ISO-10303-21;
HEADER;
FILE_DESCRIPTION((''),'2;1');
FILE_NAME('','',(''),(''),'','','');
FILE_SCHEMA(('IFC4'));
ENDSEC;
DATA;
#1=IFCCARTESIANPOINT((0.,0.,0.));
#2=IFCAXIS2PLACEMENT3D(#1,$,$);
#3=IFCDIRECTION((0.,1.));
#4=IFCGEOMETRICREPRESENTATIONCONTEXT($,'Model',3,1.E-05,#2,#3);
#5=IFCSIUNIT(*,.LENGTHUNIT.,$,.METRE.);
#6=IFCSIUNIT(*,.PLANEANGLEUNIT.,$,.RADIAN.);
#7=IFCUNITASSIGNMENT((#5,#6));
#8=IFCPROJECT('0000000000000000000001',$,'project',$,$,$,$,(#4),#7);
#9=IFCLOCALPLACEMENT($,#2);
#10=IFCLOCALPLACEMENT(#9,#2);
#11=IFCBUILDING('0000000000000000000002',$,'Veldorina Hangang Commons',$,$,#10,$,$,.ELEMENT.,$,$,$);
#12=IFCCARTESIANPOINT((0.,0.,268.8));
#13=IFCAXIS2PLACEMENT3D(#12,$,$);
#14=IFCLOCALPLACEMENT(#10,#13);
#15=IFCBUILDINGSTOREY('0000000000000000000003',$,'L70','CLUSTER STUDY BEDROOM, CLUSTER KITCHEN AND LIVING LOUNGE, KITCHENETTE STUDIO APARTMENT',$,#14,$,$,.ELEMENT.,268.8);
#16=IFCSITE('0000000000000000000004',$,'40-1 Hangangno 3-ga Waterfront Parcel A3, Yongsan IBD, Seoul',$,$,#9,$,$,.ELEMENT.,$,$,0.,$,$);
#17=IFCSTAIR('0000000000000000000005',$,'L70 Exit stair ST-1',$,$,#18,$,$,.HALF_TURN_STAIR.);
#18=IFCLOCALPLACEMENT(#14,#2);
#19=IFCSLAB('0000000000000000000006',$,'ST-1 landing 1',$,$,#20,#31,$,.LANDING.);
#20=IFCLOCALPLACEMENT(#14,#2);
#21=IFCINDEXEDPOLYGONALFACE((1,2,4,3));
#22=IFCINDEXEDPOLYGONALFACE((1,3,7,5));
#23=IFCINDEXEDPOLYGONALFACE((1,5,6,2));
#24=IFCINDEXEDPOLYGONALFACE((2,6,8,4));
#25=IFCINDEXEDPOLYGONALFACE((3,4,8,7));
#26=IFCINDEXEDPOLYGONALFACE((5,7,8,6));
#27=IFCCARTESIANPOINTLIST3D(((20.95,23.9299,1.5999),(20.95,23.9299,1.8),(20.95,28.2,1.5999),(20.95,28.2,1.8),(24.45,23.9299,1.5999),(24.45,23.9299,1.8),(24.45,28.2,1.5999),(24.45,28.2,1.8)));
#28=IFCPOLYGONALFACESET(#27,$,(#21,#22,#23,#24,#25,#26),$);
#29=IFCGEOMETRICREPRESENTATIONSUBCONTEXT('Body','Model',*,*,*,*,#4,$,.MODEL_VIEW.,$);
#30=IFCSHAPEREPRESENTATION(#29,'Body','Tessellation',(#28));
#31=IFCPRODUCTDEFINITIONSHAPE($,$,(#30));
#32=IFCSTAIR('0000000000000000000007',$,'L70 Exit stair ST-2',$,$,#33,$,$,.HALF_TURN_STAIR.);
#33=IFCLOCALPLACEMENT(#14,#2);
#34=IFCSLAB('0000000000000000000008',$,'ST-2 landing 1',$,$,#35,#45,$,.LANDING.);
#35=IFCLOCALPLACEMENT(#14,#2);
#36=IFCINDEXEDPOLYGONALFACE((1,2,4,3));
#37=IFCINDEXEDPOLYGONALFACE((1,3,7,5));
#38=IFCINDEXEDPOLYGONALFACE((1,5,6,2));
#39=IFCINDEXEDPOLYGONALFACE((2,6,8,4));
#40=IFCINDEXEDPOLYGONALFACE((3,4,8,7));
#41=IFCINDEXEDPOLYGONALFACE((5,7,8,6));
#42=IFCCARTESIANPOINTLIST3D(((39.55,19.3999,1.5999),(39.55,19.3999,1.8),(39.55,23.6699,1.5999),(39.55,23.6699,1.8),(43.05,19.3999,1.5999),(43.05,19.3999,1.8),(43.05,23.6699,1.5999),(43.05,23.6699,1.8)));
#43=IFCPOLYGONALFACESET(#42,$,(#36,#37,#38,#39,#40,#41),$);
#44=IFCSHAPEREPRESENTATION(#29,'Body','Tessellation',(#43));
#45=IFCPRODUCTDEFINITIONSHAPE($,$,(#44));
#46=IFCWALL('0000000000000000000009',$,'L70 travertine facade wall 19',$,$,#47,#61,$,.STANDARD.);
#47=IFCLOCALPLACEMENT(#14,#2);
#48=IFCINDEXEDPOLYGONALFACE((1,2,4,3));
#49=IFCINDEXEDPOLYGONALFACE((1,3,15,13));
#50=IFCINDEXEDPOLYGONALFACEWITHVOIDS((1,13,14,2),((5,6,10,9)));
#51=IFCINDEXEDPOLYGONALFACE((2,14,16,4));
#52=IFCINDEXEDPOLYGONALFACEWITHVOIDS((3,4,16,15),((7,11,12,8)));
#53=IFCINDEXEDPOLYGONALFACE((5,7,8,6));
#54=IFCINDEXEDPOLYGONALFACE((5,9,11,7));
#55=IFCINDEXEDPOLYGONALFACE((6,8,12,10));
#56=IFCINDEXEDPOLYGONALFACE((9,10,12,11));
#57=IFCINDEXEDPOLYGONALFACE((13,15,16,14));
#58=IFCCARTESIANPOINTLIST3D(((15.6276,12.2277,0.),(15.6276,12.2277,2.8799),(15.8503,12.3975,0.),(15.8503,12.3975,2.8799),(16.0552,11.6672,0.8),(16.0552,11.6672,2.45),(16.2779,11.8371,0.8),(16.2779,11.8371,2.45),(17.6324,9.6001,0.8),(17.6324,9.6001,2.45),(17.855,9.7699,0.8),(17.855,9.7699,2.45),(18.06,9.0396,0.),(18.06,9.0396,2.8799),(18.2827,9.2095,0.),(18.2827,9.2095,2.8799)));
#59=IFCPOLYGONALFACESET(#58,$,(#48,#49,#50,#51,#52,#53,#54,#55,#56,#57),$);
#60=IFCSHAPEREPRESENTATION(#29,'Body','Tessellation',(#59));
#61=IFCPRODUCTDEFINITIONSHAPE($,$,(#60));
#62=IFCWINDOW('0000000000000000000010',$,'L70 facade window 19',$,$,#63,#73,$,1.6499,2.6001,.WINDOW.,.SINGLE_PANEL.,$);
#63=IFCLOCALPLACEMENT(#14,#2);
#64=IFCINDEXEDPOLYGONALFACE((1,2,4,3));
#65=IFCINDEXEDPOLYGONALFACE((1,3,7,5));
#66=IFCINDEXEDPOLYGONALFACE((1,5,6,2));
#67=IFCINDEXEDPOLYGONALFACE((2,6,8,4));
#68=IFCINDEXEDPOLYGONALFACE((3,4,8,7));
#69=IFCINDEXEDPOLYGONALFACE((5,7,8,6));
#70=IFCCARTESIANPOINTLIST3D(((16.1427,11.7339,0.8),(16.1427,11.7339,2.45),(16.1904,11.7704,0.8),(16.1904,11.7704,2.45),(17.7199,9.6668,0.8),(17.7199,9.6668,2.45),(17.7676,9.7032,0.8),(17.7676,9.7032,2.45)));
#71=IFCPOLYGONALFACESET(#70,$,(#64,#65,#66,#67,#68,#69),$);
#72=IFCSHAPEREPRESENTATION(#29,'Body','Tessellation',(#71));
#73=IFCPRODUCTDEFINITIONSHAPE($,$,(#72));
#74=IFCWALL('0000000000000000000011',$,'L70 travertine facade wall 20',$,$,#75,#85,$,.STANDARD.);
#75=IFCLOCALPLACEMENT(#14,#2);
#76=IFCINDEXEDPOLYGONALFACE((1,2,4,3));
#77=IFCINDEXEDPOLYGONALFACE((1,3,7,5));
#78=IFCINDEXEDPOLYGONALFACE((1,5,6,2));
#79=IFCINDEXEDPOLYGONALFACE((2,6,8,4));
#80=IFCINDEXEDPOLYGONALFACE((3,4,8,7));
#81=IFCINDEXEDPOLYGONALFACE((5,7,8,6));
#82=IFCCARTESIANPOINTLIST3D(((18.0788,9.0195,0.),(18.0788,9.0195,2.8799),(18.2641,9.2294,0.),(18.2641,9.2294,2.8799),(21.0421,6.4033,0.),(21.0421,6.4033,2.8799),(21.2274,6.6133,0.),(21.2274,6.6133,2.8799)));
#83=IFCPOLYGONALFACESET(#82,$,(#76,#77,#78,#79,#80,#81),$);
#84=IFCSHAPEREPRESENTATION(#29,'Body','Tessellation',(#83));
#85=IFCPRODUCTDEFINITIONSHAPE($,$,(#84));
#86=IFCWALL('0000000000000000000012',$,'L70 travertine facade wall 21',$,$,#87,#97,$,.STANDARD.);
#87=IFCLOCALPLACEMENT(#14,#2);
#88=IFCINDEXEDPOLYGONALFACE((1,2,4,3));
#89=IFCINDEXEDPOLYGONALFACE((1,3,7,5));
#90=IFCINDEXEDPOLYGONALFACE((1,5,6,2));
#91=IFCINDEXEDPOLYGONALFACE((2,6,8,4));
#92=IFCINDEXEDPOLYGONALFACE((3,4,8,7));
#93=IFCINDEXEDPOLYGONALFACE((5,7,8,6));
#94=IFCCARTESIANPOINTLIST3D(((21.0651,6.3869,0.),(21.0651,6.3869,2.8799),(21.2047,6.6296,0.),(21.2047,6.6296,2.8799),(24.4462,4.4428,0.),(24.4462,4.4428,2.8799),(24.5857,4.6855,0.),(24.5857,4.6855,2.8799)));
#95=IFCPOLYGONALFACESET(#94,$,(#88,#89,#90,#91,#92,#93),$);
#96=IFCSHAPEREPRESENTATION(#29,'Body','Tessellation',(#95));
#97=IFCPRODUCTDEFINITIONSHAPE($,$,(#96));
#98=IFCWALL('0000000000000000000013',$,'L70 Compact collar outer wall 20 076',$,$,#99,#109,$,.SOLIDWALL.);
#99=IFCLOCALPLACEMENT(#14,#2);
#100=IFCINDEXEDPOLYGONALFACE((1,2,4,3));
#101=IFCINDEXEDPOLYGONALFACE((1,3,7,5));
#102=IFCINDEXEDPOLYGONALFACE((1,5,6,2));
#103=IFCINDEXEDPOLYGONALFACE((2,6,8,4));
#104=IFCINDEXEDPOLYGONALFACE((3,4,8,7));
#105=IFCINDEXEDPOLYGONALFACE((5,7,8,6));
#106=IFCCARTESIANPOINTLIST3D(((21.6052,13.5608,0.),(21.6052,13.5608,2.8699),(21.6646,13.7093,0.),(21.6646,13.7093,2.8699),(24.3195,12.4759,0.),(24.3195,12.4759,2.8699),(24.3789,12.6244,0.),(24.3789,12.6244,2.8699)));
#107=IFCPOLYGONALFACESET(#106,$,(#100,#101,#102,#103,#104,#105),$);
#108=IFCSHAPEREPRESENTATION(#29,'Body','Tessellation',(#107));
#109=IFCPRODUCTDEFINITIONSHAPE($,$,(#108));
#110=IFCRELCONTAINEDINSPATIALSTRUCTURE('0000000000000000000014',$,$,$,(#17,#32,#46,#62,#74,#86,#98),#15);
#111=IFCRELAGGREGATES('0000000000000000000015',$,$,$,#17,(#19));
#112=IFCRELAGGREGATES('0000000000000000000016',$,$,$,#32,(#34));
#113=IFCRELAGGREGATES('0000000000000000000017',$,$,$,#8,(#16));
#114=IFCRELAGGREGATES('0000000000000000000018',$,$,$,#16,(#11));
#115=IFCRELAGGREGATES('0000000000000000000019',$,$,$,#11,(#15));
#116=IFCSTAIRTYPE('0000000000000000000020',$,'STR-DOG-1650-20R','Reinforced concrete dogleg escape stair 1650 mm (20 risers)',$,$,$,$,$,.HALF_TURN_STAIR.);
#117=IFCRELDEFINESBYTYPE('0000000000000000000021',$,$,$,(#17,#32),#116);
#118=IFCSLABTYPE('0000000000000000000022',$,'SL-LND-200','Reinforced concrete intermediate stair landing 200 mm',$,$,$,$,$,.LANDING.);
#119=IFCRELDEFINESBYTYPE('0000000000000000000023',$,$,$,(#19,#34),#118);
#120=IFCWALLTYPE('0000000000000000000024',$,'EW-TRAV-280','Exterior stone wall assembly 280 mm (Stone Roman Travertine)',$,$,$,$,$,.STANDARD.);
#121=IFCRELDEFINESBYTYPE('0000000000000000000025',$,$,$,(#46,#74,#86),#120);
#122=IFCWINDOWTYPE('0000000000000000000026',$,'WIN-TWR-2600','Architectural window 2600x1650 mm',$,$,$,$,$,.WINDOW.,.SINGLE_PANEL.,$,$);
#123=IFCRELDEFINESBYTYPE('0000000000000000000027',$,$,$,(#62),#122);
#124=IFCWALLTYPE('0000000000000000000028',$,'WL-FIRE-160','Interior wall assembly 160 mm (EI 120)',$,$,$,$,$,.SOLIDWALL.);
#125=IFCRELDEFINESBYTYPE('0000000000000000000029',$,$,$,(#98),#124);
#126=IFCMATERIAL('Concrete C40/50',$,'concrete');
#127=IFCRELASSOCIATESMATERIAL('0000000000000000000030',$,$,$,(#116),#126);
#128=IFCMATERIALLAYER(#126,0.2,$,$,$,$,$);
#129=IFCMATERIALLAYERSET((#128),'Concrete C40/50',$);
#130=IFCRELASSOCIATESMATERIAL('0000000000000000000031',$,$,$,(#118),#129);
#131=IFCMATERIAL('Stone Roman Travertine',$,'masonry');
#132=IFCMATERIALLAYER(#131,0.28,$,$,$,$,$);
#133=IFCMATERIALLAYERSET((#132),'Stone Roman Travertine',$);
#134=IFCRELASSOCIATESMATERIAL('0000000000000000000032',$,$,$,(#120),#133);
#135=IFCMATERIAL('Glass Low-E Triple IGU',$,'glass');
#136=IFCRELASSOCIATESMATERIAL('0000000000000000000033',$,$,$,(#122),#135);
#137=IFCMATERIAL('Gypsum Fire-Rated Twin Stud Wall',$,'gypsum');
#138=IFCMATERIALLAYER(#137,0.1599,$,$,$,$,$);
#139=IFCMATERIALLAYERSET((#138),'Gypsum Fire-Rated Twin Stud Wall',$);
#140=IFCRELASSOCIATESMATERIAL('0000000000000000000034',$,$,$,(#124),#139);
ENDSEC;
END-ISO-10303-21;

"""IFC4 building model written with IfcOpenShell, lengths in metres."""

from ifc_helpers import new_model, si_unit, direction, frame, frame_2d, origin, place, context, subcontext, project, spatial, polyline, rectangle, outline, extrude, material, layer, layer_set, type_object, element, fill, aggregate, save


model = new_model("IFC4")

# Units and contexts
model_context = context("Model", 3, precision=1e-05, world=origin(), true_north=direction((0.0, 1.0)))
body_context = subcontext(model_context, "Body", "Model", "MODEL_VIEW")
ifc_project = project(units=[si_unit("LENGTHUNIT", "METRE"), si_unit("PLANEANGLEUNIT", "RADIAN")], contexts=[model_context])

# Site, building, storey
site_placement = place(None, origin())
site = spatial("IfcSite", under=ifc_project, at=site_placement, Name="40-1 Hangangno 3-ga Waterfront Parcel A3, Yongsan IBD, Seoul", CompositionType="ELEMENT", RefElevation=0.0)
building_placement = place(site_placement, origin())
building = spatial("IfcBuilding", under=site, at=building_placement, Name="Veldorina Hangang Commons", CompositionType="ELEMENT")
storey_placement = place(building_placement, frame((0.0, 0.0, 268.8)))
storey = spatial("IfcBuildingStorey", under=building, at=storey_placement, Name="L70", Description="CLUSTER STUDY BEDROOM, CLUSTER KITCHEN AND LIVING LOUNGE, KITCHENETTE STUDIO APARTMENT", CompositionType="ELEMENT", Elevation=268.8)

# Shared definitions
ifc_material_1 = material(Name="Concrete C40/50", Category="concrete")

# Stairs, slabs
stair_type = type_object("IfcStairType", Name="STR-DOG-1650-20R", Description="Reinforced concrete dogleg escape stair 1650 mm (20 risers)", PredefinedType="HALF_TURN_STAIR", material=ifc_material_1)
stair_1_placement = place(storey_placement, origin())
stair_1 = element("IfcStair", 1, at=stair_1_placement, inside=storey, type_object=stair_type, Name="L70 Exit stair ST-1", PredefinedType="HALF_TURN_STAIR")
ifc_layer_1 = layer(ifc_material_1, 0.2)
ifc_layer_set_1 = layer_set([ifc_layer_1], Name="Concrete C40/50")
slab_type_1 = type_object("IfcSlabType", Name="SL-LND-200", Description="Reinforced concrete intermediate stair landing 200 mm", PredefinedType="LANDING", material=ifc_layer_set_1)
slab_1_placement = place(storey_placement, frame((0.0, 0.0, 1.5999)))
slab_1 = element("IfcSlab", 2, at=slab_1_placement, type_object=slab_type_1, Name="ST-1 landing 1", PredefinedType="LANDING", context=body_context, shape_type="SweptSolid", body=[
    extrude(outline(polyline([(24.45, 23.9299), (24.45, 28.2), (20.95, 28.2), (20.95, 23.9299), (24.45, 23.9299)])), origin(), (0.0, 0.0, 1.0), 0.2002),
])
aggregate(stair_1, [slab_1])
stair_2_placement = place(storey_placement, origin())
stair_2 = element("IfcStair", 3, at=stair_2_placement, inside=storey, type_object=stair_type, Name="L70 Exit stair ST-2", PredefinedType="HALF_TURN_STAIR")
slab_2_placement = place(storey_placement, frame((0.0, 0.0, 1.5999)))
slab_2 = element("IfcSlab", 4, at=slab_2_placement, type_object=slab_type_1, Name="ST-2 landing 1", PredefinedType="LANDING", context=body_context, shape_type="SweptSolid", body=[
    extrude(outline(polyline([(39.55, 23.6699), (39.55, 19.3999), (43.05, 19.3999), (43.05, 23.6699), (39.55, 23.6699)])), origin(), (0.0, 0.0, 1.0), 0.2002),
])
aggregate(stair_2, [slab_2])

# Wall, opening, window
ifc_material_2 = material(Name="Stone Roman Travertine", Category="masonry")
ifc_layer_2 = layer(ifc_material_2, 0.28)
ifc_layer_set_2 = layer_set([ifc_layer_2], Name="Stone Roman Travertine")
wall_type_1 = type_object("IfcWallType", Name="EW-TRAV-280", Description="Exterior stone wall assembly 280 mm (Stone Roman Travertine)", PredefinedType="STANDARD", material=ifc_layer_set_2)
wall_1_placement = place(storey_placement, frame((15.739, 12.3125, 0.0), z_axis=(0.0, 0.0, 1.0), x_axis=(0.606584, -0.795019, 0.0)))
wall_1 = element("IfcWall", 5, at=wall_1_placement, inside=storey, type_object=wall_type_1, Name="L70 travertine facade wall 19", PredefinedType="STANDARD", context=body_context, shape_type="SweptSolid", body=[
    extrude(rectangle(XDim=4.01, YDim=0.28, at=frame_2d((2.0049, 0.0))), origin(), (0.0, 0.0, 1.0), 2.8799),
])
opening_placement = place(wall_1_placement, frame((0.7048, 0.0, 0.8)))
opening = element("IfcOpeningElement", 6, at=opening_placement, cuts=wall_1, PredefinedType="OPENING", context=body_context, shape_type="SweptSolid", body=[
    extrude(rectangle(XDim=2.6001, YDim=1.6499, at=frame_2d((1.3, 0.825))), frame((0.0, 0.1499, 0.0), z_axis=(0.0, -1.0, 0.0), x_axis=(1.0, 0.0, 0.0)), (0.0, 0.0, 1.0), 0.3),
])
ifc_material_3 = material(Name="Glass Low-E Triple IGU", Category="glass")
window_type = type_object("IfcWindowType", Name="WIN-TWR-2600", Description="Architectural window 2600x1650 mm", PartitioningType="SINGLE_PANEL", PredefinedType="WINDOW", material=ifc_material_3)
window_placement = place(opening_placement, origin())
window = element("IfcWindow", 7, at=window_placement, inside=storey, type_object=window_type, Name="L70 facade window 19", OverallHeight=1.6499, OverallWidth=2.6001, PartitioningType="SINGLE_PANEL", PredefinedType="WINDOW", context=body_context, shape_type="SweptSolid", body=[
    extrude(rectangle(XDim=2.6001, YDim=1.6499, at=frame_2d((1.3, 0.825))), frame((0.0, 0.03, 0.0), z_axis=(0.0, -1.0, 0.0), x_axis=(1.0, 0.0, 0.0)), (0.0, 0.0, 1.0), 0.0601),
])
fill(opening, window)

# Walls
wall_2_placement = place(storey_placement, frame((18.1714, 9.1245, 0.0), z_axis=(0.0, 0.0, 1.0), x_axis=(0.749654, -0.66183, 0.0)))
element("IfcWall", 8, at=wall_2_placement, inside=storey, type_object=wall_type_1, Name="L70 travertine facade wall 20", PredefinedType="STANDARD", context=body_context, shape_type="SweptSolid", body=[
    extrude(rectangle(XDim=3.9529, YDim=0.28, at=frame_2d((1.9766, 0.0))), origin(), (0.0, 0.0, 1.0), 2.8799),
])
wall_3_placement = place(storey_placement, frame((21.1348, 6.5083, 0.0), z_axis=(0.0, 0.0, 1.0), x_axis=(0.866911, -0.498463, 0.0)))
element("IfcWall", 9, at=wall_3_placement, inside=storey, type_object=wall_type_1, Name="L70 travertine facade wall 21", PredefinedType="STANDARD", context=body_context, shape_type="SweptSolid", body=[
    extrude(rectangle(XDim=3.9001, YDim=0.28, at=frame_2d((1.9502, 0.0))), origin(), (0.0, 0.0, 1.0), 2.8799),
])
ifc_material_4 = material(Name="Gypsum Fire-Rated Twin Stud Wall", Category="gypsum")
ifc_layer_3 = layer(ifc_material_4, 0.1599)
ifc_layer_set_3 = layer_set([ifc_layer_3], Name="Gypsum Fire-Rated Twin Stud Wall")
wall_type_2 = type_object("IfcWallType", Name="WL-FIRE-160", Description="Interior wall assembly 160 mm (EI 120)", PredefinedType="SOLIDWALL", material=ifc_layer_set_3)
wall_4_placement = place(storey_placement, frame((21.635, 13.635, 0.0), z_axis=(0.0, 0.0, 1.0), x_axis=(0.928569, -0.37116, 0.0)))
element("IfcWall", 10, at=wall_4_placement, inside=storey, type_object=wall_type_2, Name="L70 Compact collar outer wall 20 076", PredefinedType="SOLIDWALL", context=body_context, shape_type="SweptSolid", body=[
    extrude(rectangle(XDim=2.9231, YDim=0.1599, at=frame_2d((1.4614, 0.0))), origin(), (0.0, 0.0, 1.0), 2.8699),
])

save(model, "model.ifc")
